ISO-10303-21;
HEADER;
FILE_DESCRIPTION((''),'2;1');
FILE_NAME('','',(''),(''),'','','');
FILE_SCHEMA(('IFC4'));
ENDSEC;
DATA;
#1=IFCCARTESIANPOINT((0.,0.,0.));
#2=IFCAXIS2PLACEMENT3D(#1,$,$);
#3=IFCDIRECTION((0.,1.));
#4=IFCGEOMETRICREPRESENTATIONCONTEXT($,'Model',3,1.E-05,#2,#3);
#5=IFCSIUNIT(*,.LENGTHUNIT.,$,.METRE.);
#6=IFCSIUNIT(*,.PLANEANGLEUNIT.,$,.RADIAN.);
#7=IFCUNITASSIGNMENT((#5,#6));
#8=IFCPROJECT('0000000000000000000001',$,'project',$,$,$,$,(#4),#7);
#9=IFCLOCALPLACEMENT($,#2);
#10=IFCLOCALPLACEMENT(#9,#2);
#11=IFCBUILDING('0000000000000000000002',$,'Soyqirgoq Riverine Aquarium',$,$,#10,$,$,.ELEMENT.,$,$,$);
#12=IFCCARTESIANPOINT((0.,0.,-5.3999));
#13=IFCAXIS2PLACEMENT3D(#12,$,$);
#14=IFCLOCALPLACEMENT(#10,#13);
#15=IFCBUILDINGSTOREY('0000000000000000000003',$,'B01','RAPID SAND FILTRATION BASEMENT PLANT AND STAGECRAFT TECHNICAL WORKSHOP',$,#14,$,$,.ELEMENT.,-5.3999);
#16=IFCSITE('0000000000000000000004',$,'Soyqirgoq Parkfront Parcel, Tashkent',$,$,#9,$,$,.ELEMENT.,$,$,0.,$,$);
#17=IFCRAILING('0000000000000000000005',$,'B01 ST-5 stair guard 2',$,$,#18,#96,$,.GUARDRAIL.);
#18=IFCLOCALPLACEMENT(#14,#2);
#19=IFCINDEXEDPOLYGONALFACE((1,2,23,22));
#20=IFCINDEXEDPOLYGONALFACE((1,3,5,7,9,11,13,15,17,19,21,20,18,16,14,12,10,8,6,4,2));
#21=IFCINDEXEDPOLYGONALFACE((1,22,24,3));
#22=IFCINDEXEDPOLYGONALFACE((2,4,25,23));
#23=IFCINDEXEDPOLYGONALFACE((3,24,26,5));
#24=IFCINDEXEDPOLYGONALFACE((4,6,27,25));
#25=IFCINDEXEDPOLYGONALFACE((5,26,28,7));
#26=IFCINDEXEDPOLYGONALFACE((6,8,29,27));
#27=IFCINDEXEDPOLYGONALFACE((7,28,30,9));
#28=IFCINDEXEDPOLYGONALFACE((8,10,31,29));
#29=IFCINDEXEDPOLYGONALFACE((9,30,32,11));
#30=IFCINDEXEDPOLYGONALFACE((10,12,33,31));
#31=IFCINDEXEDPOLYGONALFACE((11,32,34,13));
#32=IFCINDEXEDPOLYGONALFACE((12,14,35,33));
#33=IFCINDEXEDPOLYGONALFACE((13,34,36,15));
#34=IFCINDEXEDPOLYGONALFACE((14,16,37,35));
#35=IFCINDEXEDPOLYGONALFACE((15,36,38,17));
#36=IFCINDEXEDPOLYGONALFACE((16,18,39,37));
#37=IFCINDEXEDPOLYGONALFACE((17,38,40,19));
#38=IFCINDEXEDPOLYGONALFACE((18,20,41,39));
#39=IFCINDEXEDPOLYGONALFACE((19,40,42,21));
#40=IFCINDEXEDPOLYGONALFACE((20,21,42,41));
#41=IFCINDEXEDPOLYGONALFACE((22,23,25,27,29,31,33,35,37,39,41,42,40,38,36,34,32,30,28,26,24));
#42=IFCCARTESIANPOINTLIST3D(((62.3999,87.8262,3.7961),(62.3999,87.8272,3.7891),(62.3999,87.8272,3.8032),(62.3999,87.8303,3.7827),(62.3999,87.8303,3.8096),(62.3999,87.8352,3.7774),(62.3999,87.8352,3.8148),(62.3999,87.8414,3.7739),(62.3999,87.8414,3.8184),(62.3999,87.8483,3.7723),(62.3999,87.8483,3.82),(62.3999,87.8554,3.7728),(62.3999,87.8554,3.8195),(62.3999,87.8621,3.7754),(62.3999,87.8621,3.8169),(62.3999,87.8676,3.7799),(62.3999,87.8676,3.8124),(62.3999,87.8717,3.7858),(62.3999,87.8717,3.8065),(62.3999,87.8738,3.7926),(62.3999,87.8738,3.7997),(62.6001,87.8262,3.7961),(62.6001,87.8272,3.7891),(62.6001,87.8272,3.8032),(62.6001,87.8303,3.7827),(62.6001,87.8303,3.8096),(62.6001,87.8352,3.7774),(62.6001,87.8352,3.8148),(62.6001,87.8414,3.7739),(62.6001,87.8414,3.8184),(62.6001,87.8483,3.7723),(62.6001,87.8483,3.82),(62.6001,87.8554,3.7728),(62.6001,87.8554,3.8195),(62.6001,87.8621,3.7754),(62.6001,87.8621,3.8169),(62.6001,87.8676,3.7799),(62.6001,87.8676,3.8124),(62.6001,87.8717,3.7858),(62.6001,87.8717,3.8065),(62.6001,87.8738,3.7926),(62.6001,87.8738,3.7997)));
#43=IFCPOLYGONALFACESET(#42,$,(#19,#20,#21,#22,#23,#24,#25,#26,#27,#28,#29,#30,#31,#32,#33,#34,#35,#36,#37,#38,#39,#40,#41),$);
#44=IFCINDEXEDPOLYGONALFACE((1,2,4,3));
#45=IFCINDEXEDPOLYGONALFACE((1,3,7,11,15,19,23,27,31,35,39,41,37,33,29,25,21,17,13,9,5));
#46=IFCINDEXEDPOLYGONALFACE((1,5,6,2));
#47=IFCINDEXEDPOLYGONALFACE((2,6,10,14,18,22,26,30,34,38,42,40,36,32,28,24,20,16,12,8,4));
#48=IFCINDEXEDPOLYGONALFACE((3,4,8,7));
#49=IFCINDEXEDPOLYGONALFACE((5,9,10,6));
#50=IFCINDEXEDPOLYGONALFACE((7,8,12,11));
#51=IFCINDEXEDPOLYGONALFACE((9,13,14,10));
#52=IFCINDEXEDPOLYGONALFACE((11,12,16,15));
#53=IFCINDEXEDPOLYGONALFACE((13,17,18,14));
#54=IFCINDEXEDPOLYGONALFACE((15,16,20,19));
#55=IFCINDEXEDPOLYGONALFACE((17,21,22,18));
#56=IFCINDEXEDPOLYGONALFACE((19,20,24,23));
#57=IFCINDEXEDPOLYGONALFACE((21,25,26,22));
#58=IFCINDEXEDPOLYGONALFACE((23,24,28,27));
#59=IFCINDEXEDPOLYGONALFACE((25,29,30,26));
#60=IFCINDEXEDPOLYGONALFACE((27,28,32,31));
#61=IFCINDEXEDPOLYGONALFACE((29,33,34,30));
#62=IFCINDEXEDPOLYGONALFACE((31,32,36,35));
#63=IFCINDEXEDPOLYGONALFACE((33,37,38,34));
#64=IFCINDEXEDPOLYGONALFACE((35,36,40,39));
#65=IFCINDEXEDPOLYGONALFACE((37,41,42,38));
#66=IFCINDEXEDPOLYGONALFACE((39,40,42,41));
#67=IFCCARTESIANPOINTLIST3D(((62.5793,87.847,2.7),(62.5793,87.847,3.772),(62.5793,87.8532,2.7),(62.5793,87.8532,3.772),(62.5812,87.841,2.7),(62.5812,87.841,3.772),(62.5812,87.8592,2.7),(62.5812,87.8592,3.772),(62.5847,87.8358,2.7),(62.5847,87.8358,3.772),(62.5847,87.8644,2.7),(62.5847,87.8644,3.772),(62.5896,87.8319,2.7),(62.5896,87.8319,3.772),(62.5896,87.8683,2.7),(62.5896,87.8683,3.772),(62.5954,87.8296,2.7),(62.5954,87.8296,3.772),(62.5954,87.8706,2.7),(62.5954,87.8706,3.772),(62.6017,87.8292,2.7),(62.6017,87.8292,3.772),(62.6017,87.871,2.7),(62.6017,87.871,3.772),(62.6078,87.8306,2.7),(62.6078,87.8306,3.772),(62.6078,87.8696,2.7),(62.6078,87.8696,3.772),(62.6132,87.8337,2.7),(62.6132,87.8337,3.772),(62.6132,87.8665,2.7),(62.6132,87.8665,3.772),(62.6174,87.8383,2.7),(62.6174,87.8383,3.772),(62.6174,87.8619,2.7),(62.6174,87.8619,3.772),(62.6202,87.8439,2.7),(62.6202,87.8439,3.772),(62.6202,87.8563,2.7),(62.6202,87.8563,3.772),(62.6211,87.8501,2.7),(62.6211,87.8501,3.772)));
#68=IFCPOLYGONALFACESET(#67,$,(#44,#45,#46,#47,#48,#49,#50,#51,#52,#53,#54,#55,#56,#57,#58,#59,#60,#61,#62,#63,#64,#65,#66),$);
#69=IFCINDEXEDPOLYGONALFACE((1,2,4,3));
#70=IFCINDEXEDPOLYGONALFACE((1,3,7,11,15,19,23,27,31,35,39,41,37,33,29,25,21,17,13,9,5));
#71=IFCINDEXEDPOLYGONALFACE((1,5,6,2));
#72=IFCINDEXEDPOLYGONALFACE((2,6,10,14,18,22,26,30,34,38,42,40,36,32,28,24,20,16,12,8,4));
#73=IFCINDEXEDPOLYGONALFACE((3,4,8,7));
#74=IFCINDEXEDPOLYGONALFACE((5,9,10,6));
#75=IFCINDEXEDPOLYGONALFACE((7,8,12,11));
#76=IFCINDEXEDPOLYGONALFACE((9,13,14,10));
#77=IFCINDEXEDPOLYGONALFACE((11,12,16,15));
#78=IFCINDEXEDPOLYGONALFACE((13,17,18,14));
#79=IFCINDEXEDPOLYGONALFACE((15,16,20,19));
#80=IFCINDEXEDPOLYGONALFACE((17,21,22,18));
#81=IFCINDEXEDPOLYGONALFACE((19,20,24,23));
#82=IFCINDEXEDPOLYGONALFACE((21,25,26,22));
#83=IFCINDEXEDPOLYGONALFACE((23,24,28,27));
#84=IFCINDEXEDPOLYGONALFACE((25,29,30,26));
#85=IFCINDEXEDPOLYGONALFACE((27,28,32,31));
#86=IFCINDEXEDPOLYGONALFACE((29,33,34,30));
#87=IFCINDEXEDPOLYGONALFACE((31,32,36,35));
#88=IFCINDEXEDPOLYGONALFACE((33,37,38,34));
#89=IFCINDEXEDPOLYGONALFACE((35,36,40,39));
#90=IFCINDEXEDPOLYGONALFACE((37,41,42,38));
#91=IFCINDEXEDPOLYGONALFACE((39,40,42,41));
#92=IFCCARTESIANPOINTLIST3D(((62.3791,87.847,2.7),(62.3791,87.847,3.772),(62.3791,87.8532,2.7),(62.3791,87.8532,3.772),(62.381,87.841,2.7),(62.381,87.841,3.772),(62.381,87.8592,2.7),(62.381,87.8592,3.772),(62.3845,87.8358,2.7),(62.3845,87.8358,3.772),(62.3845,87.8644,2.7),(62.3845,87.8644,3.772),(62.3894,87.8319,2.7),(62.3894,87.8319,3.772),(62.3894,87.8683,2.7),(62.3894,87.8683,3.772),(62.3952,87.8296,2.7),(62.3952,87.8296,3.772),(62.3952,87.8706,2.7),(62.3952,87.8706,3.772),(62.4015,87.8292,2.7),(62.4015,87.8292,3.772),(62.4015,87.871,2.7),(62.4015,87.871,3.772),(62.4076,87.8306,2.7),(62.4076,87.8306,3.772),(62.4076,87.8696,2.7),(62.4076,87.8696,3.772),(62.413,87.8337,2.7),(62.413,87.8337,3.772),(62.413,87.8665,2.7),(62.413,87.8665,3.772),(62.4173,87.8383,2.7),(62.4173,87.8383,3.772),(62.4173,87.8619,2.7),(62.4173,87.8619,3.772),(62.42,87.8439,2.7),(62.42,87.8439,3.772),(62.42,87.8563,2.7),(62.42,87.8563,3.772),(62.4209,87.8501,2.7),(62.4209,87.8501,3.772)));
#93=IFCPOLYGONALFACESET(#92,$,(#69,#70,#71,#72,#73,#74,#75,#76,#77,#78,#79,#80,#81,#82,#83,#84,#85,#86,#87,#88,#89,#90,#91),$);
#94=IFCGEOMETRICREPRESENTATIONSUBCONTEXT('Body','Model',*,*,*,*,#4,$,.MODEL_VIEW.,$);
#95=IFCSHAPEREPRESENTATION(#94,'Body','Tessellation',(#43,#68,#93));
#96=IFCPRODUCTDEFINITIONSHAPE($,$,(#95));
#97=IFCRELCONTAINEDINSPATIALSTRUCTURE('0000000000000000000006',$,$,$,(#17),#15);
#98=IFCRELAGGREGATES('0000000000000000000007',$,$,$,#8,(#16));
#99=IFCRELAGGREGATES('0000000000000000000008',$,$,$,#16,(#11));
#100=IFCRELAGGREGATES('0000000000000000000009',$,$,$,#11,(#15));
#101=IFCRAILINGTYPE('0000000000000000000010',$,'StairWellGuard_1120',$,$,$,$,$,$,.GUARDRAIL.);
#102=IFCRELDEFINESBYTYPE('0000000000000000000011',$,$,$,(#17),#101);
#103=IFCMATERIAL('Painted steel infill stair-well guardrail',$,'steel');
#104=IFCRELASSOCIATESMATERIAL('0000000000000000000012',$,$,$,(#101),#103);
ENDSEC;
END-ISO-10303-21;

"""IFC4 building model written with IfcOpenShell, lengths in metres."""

from ifc_helpers import new_model, si_unit, direction, frame, origin, origin_2d, place, context, subcontext, project, spatial, circle, extrude, material, type_object, element, save


model = new_model("IFC4")

# Units and contexts
model_context = context("Model", 3, precision=1e-05, world=origin(), true_north=direction((0.0, 1.0)))
body_context = subcontext(model_context, "Body", "Model", "MODEL_VIEW")
ifc_project = project(units=[si_unit("LENGTHUNIT", "METRE"), si_unit("PLANEANGLEUNIT", "RADIAN")], contexts=[model_context])

# Site, building, storey
site_placement = place(None, origin())
site = spatial("IfcSite", under=ifc_project, at=site_placement, Name="Soyqirgoq Parkfront Parcel, Tashkent", CompositionType="ELEMENT", RefElevation=0.0)
building_placement = place(site_placement, origin())
building = spatial("IfcBuilding", under=site, at=building_placement, Name="Soyqirgoq Riverine Aquarium", CompositionType="ELEMENT")
storey_placement = place(building_placement, frame((0.0, 0.0, -5.3999)))
storey = spatial("IfcBuildingStorey", under=building, at=storey_placement, Name="B01", Description="RAPID SAND FILTRATION BASEMENT PLANT AND STAGECRAFT TECHNICAL WORKSHOP", CompositionType="ELEMENT", Elevation=-5.3999)

# Railing
ifc_material_1 = material(Name="Painted steel infill stair-well guardrail", Category="steel")
railing_type_1 = type_object("IfcRailingType", Name="StairWellGuard_1120", PredefinedType="GUARDRAIL", material=ifc_material_1)
railing_1_placement = place(storey_placement, frame((62.6001, 87.8501, 2.7)))
element("IfcRailing", 1, at=railing_1_placement, inside=storey, type_object=railing_type_1, Name="B01 ST-5 stair guard 2", PredefinedType="GUARDRAIL", context=body_context, shape_type="SweptSolid", body=[
    extrude(circle(Radius=0.0239, at=origin_2d()), frame((0.0, 0.0, 1.0962), z_axis=(-1.0, 0.0, 0.0), x_axis=(0.0, -1.0, 0.0)), (0.0, 0.0, 1.0), 0.2002),
    extrude(circle(Radius=0.021, at=origin_2d()), origin(), (0.0, 0.0, 1.0), 1.072),
    extrude(circle(Radius=0.021, at=origin_2d()), frame((-0.2002, 0.0, 0.0)), (0.0, 0.0, 1.0), 1.072),
])

save(model, "model.ifc")
